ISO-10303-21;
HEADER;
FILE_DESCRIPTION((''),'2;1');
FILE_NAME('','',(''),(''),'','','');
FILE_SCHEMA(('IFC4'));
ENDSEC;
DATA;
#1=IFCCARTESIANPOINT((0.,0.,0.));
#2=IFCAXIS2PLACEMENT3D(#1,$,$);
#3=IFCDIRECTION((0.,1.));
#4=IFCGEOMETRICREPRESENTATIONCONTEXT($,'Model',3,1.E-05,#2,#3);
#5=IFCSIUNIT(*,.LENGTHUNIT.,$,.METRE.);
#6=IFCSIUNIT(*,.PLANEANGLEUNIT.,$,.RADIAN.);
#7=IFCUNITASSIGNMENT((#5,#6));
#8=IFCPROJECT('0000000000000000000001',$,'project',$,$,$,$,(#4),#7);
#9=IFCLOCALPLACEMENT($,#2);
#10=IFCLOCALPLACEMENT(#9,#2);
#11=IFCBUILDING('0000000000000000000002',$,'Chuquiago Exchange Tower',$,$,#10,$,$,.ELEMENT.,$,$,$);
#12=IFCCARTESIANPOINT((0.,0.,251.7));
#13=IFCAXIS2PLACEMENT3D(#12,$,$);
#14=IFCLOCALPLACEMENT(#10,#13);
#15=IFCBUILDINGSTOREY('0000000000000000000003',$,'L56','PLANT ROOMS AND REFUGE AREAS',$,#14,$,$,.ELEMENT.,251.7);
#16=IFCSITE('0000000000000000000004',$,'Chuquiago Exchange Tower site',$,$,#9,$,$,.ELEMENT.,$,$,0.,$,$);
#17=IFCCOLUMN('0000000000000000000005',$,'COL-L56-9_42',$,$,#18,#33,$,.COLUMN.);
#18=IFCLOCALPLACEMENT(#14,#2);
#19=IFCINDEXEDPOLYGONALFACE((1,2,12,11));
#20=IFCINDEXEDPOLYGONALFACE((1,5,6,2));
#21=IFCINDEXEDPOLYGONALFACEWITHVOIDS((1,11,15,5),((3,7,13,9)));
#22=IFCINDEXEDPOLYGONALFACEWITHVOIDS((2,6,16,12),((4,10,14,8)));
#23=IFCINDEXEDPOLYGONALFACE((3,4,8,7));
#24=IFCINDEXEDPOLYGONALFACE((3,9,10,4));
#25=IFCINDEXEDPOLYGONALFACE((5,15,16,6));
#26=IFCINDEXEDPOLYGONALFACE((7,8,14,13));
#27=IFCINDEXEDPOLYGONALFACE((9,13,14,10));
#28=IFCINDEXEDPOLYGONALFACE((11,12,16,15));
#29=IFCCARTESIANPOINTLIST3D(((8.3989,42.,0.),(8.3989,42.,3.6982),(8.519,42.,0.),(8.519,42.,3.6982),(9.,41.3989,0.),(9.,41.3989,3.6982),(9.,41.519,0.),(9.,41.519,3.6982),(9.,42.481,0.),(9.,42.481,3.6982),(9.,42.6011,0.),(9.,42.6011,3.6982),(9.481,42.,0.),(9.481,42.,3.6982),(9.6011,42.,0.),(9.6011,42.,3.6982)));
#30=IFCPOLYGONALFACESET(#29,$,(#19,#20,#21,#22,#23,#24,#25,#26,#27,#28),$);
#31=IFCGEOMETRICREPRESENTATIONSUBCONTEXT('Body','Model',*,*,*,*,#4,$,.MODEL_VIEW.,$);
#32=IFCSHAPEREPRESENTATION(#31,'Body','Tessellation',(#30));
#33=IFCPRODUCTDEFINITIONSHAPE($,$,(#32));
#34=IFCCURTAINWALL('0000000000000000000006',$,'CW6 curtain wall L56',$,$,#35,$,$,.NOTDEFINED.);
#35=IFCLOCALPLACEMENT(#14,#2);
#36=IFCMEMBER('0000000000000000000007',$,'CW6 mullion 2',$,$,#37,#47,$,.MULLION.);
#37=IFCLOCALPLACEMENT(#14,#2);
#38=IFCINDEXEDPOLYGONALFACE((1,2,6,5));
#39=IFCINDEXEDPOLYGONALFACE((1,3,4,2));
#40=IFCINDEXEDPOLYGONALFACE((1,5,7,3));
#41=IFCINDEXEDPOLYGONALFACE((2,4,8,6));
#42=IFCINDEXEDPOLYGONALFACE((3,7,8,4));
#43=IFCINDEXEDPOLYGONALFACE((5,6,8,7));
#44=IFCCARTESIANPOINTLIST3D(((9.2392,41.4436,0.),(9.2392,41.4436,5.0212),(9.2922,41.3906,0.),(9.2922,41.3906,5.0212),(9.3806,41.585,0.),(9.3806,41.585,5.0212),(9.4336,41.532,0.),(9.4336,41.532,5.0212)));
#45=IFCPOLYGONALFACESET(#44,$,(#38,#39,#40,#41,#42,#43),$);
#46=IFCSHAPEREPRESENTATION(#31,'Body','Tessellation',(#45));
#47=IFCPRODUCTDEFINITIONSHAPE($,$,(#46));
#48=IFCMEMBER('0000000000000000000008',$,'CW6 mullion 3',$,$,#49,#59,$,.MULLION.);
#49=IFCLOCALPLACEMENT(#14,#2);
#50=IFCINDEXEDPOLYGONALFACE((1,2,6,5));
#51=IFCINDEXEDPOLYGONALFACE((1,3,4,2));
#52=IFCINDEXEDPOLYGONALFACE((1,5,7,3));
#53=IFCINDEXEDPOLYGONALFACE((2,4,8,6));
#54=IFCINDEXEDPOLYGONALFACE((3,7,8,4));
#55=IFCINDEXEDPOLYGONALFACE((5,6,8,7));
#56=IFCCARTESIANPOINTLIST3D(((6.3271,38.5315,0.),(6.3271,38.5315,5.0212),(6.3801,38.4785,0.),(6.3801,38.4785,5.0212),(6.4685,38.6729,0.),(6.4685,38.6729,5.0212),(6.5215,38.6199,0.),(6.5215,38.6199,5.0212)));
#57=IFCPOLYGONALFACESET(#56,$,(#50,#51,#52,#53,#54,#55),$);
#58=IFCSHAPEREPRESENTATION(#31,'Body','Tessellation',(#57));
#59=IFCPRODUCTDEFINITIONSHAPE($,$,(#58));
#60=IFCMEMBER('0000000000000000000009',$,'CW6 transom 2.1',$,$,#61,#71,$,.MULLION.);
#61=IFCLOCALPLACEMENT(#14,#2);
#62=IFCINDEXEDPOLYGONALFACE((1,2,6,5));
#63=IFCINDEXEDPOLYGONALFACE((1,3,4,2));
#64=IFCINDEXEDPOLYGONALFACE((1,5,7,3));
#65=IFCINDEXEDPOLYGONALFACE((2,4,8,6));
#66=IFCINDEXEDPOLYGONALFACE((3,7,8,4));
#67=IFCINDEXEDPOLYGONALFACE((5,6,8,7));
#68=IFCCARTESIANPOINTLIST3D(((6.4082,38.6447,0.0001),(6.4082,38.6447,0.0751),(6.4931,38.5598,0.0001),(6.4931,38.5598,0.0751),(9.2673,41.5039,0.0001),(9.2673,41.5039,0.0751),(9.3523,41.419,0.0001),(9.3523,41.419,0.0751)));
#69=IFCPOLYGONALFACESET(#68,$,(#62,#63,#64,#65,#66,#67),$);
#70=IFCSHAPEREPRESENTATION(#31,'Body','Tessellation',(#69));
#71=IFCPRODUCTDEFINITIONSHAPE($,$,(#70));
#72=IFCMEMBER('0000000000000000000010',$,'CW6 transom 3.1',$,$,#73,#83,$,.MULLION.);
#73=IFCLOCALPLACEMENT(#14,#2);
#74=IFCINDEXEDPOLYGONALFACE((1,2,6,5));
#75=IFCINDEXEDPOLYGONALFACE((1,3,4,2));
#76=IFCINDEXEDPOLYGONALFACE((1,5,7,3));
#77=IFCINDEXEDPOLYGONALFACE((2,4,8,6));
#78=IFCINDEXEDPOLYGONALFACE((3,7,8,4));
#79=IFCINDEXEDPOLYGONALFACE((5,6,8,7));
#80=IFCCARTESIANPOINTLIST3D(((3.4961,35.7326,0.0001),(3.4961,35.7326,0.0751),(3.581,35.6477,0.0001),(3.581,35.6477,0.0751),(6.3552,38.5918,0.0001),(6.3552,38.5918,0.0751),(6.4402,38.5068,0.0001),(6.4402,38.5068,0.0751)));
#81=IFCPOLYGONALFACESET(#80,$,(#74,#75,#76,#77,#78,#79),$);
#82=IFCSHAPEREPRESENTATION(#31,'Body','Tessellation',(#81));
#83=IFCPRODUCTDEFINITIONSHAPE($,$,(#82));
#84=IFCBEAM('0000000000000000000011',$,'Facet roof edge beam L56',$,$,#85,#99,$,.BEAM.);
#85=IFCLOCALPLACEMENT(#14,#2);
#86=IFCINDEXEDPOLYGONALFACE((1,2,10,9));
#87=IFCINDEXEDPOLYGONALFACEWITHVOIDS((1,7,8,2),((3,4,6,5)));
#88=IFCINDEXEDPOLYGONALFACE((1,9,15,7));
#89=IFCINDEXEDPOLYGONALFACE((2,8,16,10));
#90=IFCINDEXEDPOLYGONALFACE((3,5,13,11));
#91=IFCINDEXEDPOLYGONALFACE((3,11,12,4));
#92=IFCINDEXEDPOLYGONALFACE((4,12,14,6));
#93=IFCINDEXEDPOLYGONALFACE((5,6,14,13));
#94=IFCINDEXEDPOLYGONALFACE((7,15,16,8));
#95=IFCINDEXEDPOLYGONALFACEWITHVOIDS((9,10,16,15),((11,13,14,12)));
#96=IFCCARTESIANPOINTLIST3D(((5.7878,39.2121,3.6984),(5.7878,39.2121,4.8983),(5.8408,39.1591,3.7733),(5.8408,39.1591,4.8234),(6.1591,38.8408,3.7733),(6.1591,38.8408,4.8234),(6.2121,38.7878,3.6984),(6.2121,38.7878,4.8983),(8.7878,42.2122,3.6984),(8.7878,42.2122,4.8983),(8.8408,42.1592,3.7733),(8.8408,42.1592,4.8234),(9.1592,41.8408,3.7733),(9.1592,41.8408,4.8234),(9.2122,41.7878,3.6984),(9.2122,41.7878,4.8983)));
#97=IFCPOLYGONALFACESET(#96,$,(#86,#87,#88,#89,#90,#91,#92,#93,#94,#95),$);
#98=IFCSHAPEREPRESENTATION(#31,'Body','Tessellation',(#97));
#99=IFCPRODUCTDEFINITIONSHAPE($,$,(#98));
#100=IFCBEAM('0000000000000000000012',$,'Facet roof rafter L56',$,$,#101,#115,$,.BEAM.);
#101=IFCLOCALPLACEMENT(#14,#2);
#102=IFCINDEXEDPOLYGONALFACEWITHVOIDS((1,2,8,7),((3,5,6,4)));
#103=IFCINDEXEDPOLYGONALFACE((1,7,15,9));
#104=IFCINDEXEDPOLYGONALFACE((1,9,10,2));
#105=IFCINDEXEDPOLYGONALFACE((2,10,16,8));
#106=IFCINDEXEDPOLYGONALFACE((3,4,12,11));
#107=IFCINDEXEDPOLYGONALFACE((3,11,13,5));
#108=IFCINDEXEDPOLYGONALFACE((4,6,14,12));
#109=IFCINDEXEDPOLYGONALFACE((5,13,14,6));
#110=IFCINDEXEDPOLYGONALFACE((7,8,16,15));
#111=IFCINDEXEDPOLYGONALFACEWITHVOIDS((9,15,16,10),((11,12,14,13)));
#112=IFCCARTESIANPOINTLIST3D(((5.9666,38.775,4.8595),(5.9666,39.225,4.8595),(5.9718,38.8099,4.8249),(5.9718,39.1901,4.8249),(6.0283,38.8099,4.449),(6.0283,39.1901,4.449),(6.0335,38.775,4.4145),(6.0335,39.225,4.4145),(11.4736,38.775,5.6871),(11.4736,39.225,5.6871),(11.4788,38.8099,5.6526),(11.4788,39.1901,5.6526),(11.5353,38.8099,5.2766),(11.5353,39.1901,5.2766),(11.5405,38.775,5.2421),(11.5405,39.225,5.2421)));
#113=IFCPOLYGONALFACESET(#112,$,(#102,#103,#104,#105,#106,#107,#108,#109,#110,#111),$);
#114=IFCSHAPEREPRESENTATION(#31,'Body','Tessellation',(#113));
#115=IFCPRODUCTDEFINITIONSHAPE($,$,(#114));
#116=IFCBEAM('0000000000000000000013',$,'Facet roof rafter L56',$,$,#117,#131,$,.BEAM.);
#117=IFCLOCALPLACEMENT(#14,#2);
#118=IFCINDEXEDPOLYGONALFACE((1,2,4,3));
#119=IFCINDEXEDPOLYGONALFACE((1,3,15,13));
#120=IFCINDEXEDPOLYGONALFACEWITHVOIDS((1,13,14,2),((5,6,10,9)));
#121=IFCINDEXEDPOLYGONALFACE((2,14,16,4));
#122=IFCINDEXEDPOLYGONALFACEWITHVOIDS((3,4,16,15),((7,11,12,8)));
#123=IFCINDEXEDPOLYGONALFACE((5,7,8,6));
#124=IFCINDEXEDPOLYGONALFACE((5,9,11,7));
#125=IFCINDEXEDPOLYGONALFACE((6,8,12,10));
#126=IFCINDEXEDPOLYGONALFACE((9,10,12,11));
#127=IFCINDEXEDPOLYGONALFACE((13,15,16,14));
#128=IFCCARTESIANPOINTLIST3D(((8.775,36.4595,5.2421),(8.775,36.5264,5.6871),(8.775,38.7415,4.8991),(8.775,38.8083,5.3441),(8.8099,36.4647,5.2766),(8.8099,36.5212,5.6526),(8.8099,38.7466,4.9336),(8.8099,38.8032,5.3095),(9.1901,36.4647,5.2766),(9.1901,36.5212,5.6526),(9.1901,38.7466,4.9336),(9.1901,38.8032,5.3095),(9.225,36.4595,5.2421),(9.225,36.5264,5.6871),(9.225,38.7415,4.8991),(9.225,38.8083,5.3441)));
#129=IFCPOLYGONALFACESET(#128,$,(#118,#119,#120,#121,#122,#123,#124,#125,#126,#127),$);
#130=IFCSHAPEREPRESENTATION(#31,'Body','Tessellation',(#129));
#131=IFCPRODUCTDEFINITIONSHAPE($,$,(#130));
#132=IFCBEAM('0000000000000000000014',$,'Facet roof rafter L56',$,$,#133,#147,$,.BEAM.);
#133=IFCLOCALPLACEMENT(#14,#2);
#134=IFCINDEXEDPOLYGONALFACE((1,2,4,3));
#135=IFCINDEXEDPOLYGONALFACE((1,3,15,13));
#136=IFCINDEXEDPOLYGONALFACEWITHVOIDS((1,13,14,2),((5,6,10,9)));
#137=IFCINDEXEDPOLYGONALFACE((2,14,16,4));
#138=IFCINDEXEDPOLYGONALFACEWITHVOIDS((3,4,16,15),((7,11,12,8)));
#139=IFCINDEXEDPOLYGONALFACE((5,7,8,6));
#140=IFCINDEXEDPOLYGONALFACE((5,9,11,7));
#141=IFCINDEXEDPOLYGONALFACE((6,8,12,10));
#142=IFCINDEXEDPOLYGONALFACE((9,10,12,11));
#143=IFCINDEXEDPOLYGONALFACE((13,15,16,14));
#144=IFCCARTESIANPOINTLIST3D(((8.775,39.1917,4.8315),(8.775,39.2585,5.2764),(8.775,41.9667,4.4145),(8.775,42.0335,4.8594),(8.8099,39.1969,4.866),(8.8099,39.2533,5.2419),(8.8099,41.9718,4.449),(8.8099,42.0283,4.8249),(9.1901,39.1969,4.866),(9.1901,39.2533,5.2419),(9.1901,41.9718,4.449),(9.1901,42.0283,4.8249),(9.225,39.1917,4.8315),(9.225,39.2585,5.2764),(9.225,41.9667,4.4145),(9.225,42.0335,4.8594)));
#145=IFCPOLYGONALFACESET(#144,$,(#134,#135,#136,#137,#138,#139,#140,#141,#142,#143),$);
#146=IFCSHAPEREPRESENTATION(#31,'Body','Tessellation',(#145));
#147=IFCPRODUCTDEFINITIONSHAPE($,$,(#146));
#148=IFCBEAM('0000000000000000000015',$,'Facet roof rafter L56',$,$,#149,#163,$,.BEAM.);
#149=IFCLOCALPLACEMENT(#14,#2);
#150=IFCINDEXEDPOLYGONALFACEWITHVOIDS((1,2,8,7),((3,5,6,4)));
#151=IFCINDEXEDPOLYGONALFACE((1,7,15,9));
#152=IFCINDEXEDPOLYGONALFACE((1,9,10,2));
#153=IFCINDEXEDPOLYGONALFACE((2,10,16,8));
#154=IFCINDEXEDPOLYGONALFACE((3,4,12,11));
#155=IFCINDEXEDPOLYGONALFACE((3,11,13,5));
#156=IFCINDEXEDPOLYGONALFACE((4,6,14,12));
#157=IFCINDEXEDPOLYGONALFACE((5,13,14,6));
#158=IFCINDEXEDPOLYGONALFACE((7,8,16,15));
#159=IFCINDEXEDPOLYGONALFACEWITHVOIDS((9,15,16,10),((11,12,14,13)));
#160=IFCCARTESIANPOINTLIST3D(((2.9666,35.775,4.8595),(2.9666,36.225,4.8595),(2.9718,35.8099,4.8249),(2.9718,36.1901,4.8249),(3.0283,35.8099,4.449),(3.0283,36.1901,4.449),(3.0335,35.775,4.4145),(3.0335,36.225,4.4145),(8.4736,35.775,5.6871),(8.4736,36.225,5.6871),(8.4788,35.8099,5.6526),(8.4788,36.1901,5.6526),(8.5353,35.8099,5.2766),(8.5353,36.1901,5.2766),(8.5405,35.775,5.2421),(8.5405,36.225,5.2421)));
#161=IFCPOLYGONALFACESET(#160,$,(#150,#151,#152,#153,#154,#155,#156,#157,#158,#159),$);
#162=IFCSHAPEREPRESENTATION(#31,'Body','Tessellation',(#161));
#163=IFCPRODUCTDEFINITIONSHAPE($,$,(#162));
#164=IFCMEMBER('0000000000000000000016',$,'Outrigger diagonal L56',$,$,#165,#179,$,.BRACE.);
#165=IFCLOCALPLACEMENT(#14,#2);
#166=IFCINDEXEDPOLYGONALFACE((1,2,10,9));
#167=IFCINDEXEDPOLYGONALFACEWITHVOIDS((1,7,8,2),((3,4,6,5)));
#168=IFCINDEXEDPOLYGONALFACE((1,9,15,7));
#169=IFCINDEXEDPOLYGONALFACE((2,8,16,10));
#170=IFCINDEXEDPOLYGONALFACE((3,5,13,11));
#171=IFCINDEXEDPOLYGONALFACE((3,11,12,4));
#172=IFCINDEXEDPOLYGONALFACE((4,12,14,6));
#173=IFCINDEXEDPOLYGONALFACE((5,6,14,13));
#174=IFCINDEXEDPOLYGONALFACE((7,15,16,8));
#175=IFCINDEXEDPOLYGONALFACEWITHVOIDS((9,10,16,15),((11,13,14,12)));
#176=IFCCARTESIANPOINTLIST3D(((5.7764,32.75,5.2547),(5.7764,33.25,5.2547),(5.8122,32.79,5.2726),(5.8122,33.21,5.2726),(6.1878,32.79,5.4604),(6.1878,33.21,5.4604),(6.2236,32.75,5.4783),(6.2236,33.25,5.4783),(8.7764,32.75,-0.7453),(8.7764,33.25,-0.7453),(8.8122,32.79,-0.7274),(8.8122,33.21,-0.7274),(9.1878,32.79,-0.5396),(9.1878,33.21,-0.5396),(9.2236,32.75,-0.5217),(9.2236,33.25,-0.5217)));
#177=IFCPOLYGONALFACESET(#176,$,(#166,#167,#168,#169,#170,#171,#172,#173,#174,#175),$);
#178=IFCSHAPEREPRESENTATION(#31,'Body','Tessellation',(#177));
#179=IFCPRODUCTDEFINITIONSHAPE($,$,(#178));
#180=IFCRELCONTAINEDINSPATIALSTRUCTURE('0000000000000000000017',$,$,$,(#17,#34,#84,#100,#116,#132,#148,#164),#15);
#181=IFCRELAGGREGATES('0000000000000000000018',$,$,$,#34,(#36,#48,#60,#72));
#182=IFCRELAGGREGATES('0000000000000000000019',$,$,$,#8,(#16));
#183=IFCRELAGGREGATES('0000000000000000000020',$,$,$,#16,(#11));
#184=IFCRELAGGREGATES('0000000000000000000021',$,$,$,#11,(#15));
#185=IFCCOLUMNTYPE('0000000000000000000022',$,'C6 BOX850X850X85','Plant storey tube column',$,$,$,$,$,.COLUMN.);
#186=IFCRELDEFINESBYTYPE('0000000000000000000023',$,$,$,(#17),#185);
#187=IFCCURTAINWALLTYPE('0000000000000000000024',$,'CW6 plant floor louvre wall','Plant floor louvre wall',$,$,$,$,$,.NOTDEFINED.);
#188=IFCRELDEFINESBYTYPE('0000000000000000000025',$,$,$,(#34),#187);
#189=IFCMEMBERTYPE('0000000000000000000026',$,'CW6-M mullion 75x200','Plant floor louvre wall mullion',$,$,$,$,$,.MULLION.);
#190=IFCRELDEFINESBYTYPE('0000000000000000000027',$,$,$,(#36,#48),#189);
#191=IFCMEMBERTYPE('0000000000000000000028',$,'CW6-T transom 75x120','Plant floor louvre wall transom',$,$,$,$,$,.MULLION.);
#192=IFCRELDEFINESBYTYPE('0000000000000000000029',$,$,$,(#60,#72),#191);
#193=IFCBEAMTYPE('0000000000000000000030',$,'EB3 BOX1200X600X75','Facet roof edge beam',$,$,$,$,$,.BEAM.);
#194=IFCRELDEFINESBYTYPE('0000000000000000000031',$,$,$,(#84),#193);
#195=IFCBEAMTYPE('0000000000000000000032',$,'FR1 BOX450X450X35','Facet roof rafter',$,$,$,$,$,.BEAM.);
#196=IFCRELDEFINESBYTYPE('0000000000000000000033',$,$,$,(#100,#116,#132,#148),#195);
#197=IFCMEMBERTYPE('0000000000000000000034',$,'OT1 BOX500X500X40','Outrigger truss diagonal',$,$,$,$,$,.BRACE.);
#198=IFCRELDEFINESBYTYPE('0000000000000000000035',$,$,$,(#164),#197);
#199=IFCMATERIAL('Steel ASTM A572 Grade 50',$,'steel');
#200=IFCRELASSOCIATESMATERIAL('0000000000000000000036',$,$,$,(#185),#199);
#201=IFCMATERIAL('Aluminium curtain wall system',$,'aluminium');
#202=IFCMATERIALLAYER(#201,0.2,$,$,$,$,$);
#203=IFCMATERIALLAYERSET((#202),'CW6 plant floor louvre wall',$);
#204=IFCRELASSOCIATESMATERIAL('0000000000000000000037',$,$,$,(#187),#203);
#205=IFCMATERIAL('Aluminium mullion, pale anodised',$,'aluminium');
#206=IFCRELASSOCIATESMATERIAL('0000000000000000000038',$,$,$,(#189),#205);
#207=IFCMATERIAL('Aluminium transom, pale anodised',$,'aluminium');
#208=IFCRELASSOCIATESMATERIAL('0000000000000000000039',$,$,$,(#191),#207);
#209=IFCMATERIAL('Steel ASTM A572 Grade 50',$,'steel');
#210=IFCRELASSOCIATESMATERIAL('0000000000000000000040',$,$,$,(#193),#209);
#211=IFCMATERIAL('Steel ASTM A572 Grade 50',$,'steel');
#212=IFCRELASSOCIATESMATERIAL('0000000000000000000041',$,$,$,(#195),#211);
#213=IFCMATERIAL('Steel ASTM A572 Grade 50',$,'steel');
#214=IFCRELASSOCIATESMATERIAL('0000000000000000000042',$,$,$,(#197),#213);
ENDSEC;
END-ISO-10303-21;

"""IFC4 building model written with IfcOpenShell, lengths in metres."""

from ifc_helpers import new_model, si_unit, direction, frame, origin, origin_2d, place, context, subcontext, project, spatial, rectangle, hollow_rectangle, extrude, material, layer, layer_set, material_profile, profile_set, type_object, element, aggregate, save


model = new_model("IFC4")

# Units and contexts
model_context = context("Model", 3, precision=1e-05, world=origin(), true_north=direction((0.0, 1.0)))
body_context = subcontext(model_context, "Body", "Model", "MODEL_VIEW")
ifc_project = project(units=[si_unit("LENGTHUNIT", "METRE"), si_unit("PLANEANGLEUNIT", "RADIAN")], contexts=[model_context])

# Site, building, storey
site_placement = place(None, origin())
site = spatial("IfcSite", under=ifc_project, at=site_placement, Name="Chuquiago Exchange Tower site", CompositionType="ELEMENT", RefElevation=0.0)
building_placement = place(site_placement, origin())
building = spatial("IfcBuilding", under=site, at=building_placement, Name="Chuquiago Exchange Tower", CompositionType="ELEMENT")
storey_placement = place(building_placement, frame((0.0, 0.0, 251.7)))
storey = spatial("IfcBuildingStorey", under=building, at=storey_placement, Name="L56", Description="PLANT ROOMS AND REFUGE AREAS", CompositionType="ELEMENT", Elevation=251.7)

# Column
ifc_material_1 = material(Name="Steel ASTM A572 Grade 50", Category="steel")
ifc_material_profile_1 = material_profile(ifc_material_1, hollow_rectangle(XDim=0.8501, YDim=0.8501, WallThickness=0.085, at=origin_2d()), Name="BOX850X850X85")
ifc_profile_set_1 = profile_set([ifc_material_profile_1], Name="Steel ASTM A572 Grade 50")
column_type = type_object("IfcColumnType", Name="C6 BOX850X850X85", Description="Plant storey tube column", PredefinedType="COLUMN", material=ifc_profile_set_1)
column_placement = place(storey_placement, frame((9.0, 42.0, 0.0), z_axis=(0.0, 0.0, 1.0), x_axis=(-0.707107, 0.707107, 0.0)))
element("IfcColumn", 1, at=column_placement, inside=storey, type_object=column_type, Name="COL-L56-9_42", PredefinedType="COLUMN", context=body_context, shape_type="SweptSolid", body=[
    extrude(hollow_rectangle(XDim=0.8501, YDim=0.8501, WallThickness=0.085, at=origin_2d()), origin(), (0.0, 0.0, 1.0), 3.6982),
])

# Curtain wall, members
ifc_material_2 = material(Name="Aluminium curtain wall system", Category="aluminium")
ifc_layer_1 = layer(ifc_material_2, 0.2)
ifc_layer_set_1 = layer_set([ifc_layer_1], Name="CW6 plant floor louvre wall")
curtain_wall_type = type_object("IfcCurtainWallType", Name="CW6 plant floor louvre wall", Description="Plant floor louvre wall", PredefinedType="NOTDEFINED", material=ifc_layer_set_1)
curtain_wall_placement = place(storey_placement, origin())
curtain_wall = element("IfcCurtainWall", 2, at=curtain_wall_placement, inside=storey, type_object=curtain_wall_type, Name="CW6 curtain wall L56", PredefinedType="NOTDEFINED")
ifc_material_3 = material(Name="Aluminium mullion, pale anodised", Category="aluminium")
ifc_material_profile_2 = material_profile(ifc_material_3, rectangle(XDim=0.075, YDim=0.2, at=origin_2d()), Name="AL 75x200")
ifc_profile_set_2 = profile_set([ifc_material_profile_2], Name="Aluminium mullion, pale anodised")
member_type_1 = type_object("IfcMemberType", Name="CW6-M mullion 75x200", Description="Plant floor louvre wall mullion", PredefinedType="MULLION", material=ifc_profile_set_2)
member_1_placement = place(storey_placement, frame((9.3364, 41.4878, 0.0), z_axis=(0.0, 0.0, 1.0), x_axis=(0.707107, -0.707107, 0.0)))
member_1 = element("IfcMember", 3, at=member_1_placement, type_object=member_type_1, Name="CW6 mullion 2", PredefinedType="MULLION", context=body_context, shape_type="SweptSolid", body=[
    extrude(rectangle(XDim=0.075, YDim=0.2, at=origin_2d()), origin(), (0.0, 0.0, 1.0), 5.0212),
])
member_2_placement = place(storey_placement, frame((6.4243, 38.5757, 0.0), z_axis=(0.0, 0.0, 1.0), x_axis=(0.707107, -0.707107, 0.0)))
member_2 = element("IfcMember", 4, at=member_2_placement, type_object=member_type_1, Name="CW6 mullion 3", PredefinedType="MULLION", context=body_context, shape_type="SweptSolid", body=[
    extrude(rectangle(XDim=0.075, YDim=0.2, at=origin_2d()), origin(), (0.0, 0.0, 1.0), 5.0212),
])
ifc_material_4 = material(Name="Aluminium transom, pale anodised", Category="aluminium")
ifc_material_profile_3 = material_profile(ifc_material_4, rectangle(XDim=0.1201, YDim=0.075, at=origin_2d()), Name="AL 120x75")
ifc_profile_set_3 = profile_set([ifc_material_profile_3], Name="Aluminium transom, pale anodised")
member_type_2 = type_object("IfcMemberType", Name="CW6-T transom 75x120", Description="Plant floor louvre wall transom", PredefinedType="MULLION", material=ifc_profile_set_3)
member_3_placement = place(storey_placement, frame((9.3098, 41.4614, 0.0376), z_axis=(-0.707107, -0.707107, 0.0), x_axis=(0.707107, -0.707107, 0.0)))
member_3 = element("IfcMember", 5, at=member_3_placement, type_object=member_type_2, Name="CW6 transom 2.1", PredefinedType="MULLION", context=body_context, shape_type="SweptSolid", body=[
    extrude(rectangle(XDim=0.1201, YDim=0.075, at=origin_2d()), origin(), (0.0, 0.0, 1.0), 4.0435),
])
member_4_placement = place(storey_placement, frame((6.3977, 38.5493, 0.0376), z_axis=(-0.707107, -0.707107, 0.0), x_axis=(0.707107, -0.707107, 0.0)))
member_4 = element("IfcMember", 6, at=member_4_placement, type_object=member_type_2, Name="CW6 transom 3.1", PredefinedType="MULLION", context=body_context, shape_type="SweptSolid", body=[
    extrude(rectangle(XDim=0.1201, YDim=0.075, at=origin_2d()), origin(), (0.0, 0.0, 1.0), 4.0435),
])

# Beams
ifc_material_5 = material(Name="Steel ASTM A572 Grade 50", Category="steel")
ifc_material_profile_4 = material_profile(ifc_material_5, hollow_rectangle(XDim=0.6001, YDim=1.2, WallThickness=0.075, at=origin_2d()), Name="BOX1200X600X75")
ifc_profile_set_4 = profile_set([ifc_material_profile_4], Name="Steel ASTM A572 Grade 50")
beam_type_1 = type_object("IfcBeamType", Name="EB3 BOX1200X600X75", Description="Facet roof edge beam", PredefinedType="BEAM", material=ifc_profile_set_4)
beam_1_placement = place(storey_placement, frame((9.0, 42.0, 4.2983), z_axis=(-0.707107, -0.707107, 0.0), x_axis=(0.707107, -0.707107, 0.0)))
element("IfcBeam", 7, at=beam_1_placement, inside=storey, type_object=beam_type_1, Name="Facet roof edge beam L56", PredefinedType="BEAM", context=body_context, shape_type="SweptSolid", body=[
    extrude(hollow_rectangle(XDim=0.6001, YDim=1.2, WallThickness=0.075, at=origin_2d()), origin(), (0.0, 0.0, 1.0), 4.2427),
])
ifc_material_6 = material(Name="Steel ASTM A572 Grade 50", Category="steel")
ifc_material_profile_5 = material_profile(ifc_material_6, hollow_rectangle(XDim=0.45, YDim=0.45, WallThickness=0.0349, at=origin_2d()), Name="BOX450X450X35")
ifc_profile_set_5 = profile_set([ifc_material_profile_5], Name="Steel ASTM A572 Grade 50")
beam_type_2 = type_object("IfcBeamType", Name="FR1 BOX450X450X35", Description="Facet roof rafter", PredefinedType="BEAM", material=ifc_profile_set_5)
beam_2_placement = place(storey_placement, frame((11.5071, 39.0, 5.4646), z_axis=(-0.988895, 0.0, -0.148617), x_axis=(0.0, -1.0, 0.0)))
element("IfcBeam", 8, at=beam_2_placement, inside=storey, type_object=beam_type_2, Name="Facet roof rafter L56", PredefinedType="BEAM", context=body_context, shape_type="SweptSolid", body=[
    extrude(hollow_rectangle(XDim=0.45, YDim=0.45, WallThickness=0.0349, at=origin_2d()), origin(), (0.0, 0.0, 1.0), 5.5688),
])
beam_3_placement = place(storey_placement, frame((9.0, 36.4929, 5.4646), z_axis=(0.0, 0.988891, -0.148646), x_axis=(-1.0, 0.0, 0.0)))
element("IfcBeam", 9, at=beam_3_placement, inside=storey, type_object=beam_type_2, Name="Facet roof rafter L56", PredefinedType="BEAM", context=body_context, shape_type="SweptSolid", body=[
    extrude(hollow_rectangle(XDim=0.45, YDim=0.45, WallThickness=0.0349, at=origin_2d()), origin(), (0.0, 0.0, 1.0), 2.3076),
])
beam_4_placement = place(storey_placement, frame((9.0, 39.2251, 5.054), z_axis=(0.0, 0.988897, -0.148604), x_axis=(-1.0, 0.0, 0.0)))
element("IfcBeam", 10, at=beam_4_placement, inside=storey, type_object=beam_type_2, Name="Facet roof rafter L56", PredefinedType="BEAM", context=body_context, shape_type="SweptSolid", body=[
    extrude(hollow_rectangle(XDim=0.45, YDim=0.45, WallThickness=0.0349, at=origin_2d()), origin(), (0.0, 0.0, 1.0), 2.8062),
])
beam_5_placement = place(storey_placement, frame((8.5071, 36.0, 5.4646), z_axis=(-0.988895, 0.0, -0.148617), x_axis=(0.0, -1.0, 0.0)))
element("IfcBeam", 11, at=beam_5_placement, inside=storey, type_object=beam_type_2, Name="Facet roof rafter L56", PredefinedType="BEAM", context=body_context, shape_type="SweptSolid", body=[
    extrude(hollow_rectangle(XDim=0.45, YDim=0.45, WallThickness=0.0349, at=origin_2d()), origin(), (0.0, 0.0, 1.0), 5.5688),
])

# Member
ifc_material_7 = material(Name="Steel ASTM A572 Grade 50", Category="steel")
ifc_material_profile_6 = material_profile(ifc_material_7, hollow_rectangle(XDim=0.5, YDim=0.5, WallThickness=0.04, at=origin_2d()), Name="BOX500X500X40")
ifc_profile_set_6 = profile_set([ifc_material_profile_6], Name="Steel ASTM A572 Grade 50")
member_type_3 = type_object("IfcMemberType", Name="OT1 BOX500X500X40", Description="Outrigger truss diagonal", PredefinedType="BRACE", material=ifc_profile_set_6)
member_5_placement = place(storey_placement, frame((9.0, 33.0, -0.6335), z_axis=(-0.447214, 0.0, 0.894427), x_axis=(0.0, -1.0, 0.0)))
element("IfcMember", 12, at=member_5_placement, inside=storey, type_object=member_type_3, Name="Outrigger diagonal L56", PredefinedType="BRACE", context=body_context, shape_type="SweptSolid", body=[
    extrude(hollow_rectangle(XDim=0.5, YDim=0.5, WallThickness=0.04, at=origin_2d()), origin(), (0.0, 0.0, 1.0), 6.7083),
])

aggregate(curtain_wall, [member_1, member_2, member_3, member_4])

save(model, "model.ifc")
